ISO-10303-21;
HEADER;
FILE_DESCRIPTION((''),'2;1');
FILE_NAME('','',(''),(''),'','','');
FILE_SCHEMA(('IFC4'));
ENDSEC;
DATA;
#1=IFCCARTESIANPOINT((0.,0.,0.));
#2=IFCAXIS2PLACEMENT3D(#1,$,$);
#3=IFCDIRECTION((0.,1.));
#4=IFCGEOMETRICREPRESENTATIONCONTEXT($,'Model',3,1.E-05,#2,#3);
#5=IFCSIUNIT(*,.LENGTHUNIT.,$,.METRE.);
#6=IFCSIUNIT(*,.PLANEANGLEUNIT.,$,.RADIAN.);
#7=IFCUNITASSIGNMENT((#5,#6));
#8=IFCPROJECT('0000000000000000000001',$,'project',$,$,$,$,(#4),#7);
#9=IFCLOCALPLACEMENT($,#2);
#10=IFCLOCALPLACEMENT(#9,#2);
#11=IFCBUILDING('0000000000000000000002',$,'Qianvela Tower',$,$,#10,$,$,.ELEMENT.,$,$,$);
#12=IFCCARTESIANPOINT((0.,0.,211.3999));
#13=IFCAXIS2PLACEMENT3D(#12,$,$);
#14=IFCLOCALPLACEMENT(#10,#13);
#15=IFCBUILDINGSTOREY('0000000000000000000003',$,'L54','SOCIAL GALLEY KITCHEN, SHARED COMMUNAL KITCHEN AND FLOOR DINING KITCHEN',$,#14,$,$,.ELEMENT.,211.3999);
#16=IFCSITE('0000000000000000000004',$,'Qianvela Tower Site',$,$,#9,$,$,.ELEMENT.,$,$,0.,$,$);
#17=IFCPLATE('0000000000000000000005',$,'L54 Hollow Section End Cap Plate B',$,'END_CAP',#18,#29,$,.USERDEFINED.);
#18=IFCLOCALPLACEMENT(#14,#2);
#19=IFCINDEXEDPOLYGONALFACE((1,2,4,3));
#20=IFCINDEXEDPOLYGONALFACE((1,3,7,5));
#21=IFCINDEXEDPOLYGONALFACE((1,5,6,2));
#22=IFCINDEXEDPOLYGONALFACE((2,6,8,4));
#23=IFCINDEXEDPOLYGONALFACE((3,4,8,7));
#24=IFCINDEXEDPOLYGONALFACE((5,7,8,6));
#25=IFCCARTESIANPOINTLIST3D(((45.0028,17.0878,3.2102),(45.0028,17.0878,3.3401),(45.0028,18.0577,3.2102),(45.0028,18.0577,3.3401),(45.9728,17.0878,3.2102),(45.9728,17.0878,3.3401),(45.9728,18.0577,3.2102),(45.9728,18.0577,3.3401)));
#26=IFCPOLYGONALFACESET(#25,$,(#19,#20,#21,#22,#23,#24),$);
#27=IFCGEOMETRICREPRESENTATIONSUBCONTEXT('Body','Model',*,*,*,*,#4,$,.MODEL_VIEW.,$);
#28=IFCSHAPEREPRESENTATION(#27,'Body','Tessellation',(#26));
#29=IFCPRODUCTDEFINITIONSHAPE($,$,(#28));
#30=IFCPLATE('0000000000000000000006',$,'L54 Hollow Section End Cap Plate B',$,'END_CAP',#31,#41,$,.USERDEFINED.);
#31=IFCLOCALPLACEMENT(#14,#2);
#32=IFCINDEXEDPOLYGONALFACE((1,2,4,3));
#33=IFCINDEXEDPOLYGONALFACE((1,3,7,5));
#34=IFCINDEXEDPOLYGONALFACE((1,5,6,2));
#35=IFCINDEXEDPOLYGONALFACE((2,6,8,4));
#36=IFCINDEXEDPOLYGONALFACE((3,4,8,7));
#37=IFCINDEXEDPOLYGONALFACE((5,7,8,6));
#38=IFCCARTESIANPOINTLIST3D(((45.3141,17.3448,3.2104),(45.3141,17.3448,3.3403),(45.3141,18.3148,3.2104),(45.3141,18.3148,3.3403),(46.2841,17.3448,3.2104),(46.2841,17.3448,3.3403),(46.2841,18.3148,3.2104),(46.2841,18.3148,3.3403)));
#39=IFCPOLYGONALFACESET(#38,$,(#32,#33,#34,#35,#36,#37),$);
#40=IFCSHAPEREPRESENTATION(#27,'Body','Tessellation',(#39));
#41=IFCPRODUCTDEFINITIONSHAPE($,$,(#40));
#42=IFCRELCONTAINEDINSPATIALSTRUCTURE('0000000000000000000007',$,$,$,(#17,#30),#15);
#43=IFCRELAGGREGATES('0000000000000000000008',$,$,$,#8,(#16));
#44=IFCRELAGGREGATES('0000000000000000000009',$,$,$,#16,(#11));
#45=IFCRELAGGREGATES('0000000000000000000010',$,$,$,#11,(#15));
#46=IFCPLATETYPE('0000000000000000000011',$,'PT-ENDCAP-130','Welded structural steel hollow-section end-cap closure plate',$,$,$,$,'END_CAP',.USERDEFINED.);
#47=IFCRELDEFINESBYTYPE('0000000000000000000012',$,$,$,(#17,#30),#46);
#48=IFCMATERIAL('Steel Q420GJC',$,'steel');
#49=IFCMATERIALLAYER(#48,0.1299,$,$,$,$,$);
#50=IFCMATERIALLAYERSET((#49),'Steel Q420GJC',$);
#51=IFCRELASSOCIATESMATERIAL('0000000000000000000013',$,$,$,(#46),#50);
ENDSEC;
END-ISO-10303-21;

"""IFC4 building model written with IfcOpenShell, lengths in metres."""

from ifc_helpers import new_model, si_unit, direction, frame, origin, origin_2d, place, context, subcontext, project, spatial, rectangle, extrude, material, layer, layer_set, type_object, element, save


model = new_model("IFC4")

# Units and contexts
model_context = context("Model", 3, precision=1e-05, world=origin(), true_north=direction((0.0, 1.0)))
body_context = subcontext(model_context, "Body", "Model", "MODEL_VIEW")
ifc_project = project(units=[si_unit("LENGTHUNIT", "METRE"), si_unit("PLANEANGLEUNIT", "RADIAN")], contexts=[model_context])

# Site, building, storey
site_placement = place(None, origin())
site = spatial("IfcSite", under=ifc_project, at=site_placement, Name="Qianvela Tower Site", CompositionType="ELEMENT", RefElevation=0.0)
building_placement = place(site_placement, origin())
building = spatial("IfcBuilding", under=site, at=building_placement, Name="Qianvela Tower", CompositionType="ELEMENT")
storey_placement = place(building_placement, frame((0.0, 0.0, 211.3999)))
storey = spatial("IfcBuildingStorey", under=building, at=storey_placement, Name="L54", Description="SOCIAL GALLEY KITCHEN, SHARED COMMUNAL KITCHEN AND FLOOR DINING KITCHEN", CompositionType="ELEMENT", Elevation=211.3999)

# Plates
ifc_material_1 = material(Name="Steel Q420GJC", Category="steel")
ifc_layer_1 = layer(ifc_material_1, 0.1299)
ifc_layer_set_1 = layer_set([ifc_layer_1], Name="Steel Q420GJC")
plate_type_1 = type_object("IfcPlateType", Name="PT-ENDCAP-130", Description="Welded structural steel hollow-section end-cap closure plate", ElementType="END_CAP", PredefinedType="USERDEFINED", material=ifc_layer_set_1)
for number, where, z_axis, x_axis, name in (
    (1, (45.4878, 17.5728, 3.2102), (0.0, 0.0, 1.0), (1.0, 0.0, 0.0), "L54 Hollow Section End Cap Plate B"),
    (2, (45.7991, 17.8298, 3.2104), (0.0, 0.0, 1.0), (1.0, 0.0, 0.0), "L54 Hollow Section End Cap Plate B"),
):
    element("IfcPlate", number, at=place(storey_placement, frame(where, z_axis=z_axis, x_axis=x_axis)), inside=storey, type_object=plate_type_1, Name=name, ObjectType="END_CAP", PredefinedType="USERDEFINED", context=body_context, shape_type="SweptSolid", body=[
        extrude(rectangle(XDim=0.97, YDim=0.97, at=origin_2d()), origin(), (0.0, 0.0, 1.0), 0.1299),
    ])

save(model, "model.ifc")
